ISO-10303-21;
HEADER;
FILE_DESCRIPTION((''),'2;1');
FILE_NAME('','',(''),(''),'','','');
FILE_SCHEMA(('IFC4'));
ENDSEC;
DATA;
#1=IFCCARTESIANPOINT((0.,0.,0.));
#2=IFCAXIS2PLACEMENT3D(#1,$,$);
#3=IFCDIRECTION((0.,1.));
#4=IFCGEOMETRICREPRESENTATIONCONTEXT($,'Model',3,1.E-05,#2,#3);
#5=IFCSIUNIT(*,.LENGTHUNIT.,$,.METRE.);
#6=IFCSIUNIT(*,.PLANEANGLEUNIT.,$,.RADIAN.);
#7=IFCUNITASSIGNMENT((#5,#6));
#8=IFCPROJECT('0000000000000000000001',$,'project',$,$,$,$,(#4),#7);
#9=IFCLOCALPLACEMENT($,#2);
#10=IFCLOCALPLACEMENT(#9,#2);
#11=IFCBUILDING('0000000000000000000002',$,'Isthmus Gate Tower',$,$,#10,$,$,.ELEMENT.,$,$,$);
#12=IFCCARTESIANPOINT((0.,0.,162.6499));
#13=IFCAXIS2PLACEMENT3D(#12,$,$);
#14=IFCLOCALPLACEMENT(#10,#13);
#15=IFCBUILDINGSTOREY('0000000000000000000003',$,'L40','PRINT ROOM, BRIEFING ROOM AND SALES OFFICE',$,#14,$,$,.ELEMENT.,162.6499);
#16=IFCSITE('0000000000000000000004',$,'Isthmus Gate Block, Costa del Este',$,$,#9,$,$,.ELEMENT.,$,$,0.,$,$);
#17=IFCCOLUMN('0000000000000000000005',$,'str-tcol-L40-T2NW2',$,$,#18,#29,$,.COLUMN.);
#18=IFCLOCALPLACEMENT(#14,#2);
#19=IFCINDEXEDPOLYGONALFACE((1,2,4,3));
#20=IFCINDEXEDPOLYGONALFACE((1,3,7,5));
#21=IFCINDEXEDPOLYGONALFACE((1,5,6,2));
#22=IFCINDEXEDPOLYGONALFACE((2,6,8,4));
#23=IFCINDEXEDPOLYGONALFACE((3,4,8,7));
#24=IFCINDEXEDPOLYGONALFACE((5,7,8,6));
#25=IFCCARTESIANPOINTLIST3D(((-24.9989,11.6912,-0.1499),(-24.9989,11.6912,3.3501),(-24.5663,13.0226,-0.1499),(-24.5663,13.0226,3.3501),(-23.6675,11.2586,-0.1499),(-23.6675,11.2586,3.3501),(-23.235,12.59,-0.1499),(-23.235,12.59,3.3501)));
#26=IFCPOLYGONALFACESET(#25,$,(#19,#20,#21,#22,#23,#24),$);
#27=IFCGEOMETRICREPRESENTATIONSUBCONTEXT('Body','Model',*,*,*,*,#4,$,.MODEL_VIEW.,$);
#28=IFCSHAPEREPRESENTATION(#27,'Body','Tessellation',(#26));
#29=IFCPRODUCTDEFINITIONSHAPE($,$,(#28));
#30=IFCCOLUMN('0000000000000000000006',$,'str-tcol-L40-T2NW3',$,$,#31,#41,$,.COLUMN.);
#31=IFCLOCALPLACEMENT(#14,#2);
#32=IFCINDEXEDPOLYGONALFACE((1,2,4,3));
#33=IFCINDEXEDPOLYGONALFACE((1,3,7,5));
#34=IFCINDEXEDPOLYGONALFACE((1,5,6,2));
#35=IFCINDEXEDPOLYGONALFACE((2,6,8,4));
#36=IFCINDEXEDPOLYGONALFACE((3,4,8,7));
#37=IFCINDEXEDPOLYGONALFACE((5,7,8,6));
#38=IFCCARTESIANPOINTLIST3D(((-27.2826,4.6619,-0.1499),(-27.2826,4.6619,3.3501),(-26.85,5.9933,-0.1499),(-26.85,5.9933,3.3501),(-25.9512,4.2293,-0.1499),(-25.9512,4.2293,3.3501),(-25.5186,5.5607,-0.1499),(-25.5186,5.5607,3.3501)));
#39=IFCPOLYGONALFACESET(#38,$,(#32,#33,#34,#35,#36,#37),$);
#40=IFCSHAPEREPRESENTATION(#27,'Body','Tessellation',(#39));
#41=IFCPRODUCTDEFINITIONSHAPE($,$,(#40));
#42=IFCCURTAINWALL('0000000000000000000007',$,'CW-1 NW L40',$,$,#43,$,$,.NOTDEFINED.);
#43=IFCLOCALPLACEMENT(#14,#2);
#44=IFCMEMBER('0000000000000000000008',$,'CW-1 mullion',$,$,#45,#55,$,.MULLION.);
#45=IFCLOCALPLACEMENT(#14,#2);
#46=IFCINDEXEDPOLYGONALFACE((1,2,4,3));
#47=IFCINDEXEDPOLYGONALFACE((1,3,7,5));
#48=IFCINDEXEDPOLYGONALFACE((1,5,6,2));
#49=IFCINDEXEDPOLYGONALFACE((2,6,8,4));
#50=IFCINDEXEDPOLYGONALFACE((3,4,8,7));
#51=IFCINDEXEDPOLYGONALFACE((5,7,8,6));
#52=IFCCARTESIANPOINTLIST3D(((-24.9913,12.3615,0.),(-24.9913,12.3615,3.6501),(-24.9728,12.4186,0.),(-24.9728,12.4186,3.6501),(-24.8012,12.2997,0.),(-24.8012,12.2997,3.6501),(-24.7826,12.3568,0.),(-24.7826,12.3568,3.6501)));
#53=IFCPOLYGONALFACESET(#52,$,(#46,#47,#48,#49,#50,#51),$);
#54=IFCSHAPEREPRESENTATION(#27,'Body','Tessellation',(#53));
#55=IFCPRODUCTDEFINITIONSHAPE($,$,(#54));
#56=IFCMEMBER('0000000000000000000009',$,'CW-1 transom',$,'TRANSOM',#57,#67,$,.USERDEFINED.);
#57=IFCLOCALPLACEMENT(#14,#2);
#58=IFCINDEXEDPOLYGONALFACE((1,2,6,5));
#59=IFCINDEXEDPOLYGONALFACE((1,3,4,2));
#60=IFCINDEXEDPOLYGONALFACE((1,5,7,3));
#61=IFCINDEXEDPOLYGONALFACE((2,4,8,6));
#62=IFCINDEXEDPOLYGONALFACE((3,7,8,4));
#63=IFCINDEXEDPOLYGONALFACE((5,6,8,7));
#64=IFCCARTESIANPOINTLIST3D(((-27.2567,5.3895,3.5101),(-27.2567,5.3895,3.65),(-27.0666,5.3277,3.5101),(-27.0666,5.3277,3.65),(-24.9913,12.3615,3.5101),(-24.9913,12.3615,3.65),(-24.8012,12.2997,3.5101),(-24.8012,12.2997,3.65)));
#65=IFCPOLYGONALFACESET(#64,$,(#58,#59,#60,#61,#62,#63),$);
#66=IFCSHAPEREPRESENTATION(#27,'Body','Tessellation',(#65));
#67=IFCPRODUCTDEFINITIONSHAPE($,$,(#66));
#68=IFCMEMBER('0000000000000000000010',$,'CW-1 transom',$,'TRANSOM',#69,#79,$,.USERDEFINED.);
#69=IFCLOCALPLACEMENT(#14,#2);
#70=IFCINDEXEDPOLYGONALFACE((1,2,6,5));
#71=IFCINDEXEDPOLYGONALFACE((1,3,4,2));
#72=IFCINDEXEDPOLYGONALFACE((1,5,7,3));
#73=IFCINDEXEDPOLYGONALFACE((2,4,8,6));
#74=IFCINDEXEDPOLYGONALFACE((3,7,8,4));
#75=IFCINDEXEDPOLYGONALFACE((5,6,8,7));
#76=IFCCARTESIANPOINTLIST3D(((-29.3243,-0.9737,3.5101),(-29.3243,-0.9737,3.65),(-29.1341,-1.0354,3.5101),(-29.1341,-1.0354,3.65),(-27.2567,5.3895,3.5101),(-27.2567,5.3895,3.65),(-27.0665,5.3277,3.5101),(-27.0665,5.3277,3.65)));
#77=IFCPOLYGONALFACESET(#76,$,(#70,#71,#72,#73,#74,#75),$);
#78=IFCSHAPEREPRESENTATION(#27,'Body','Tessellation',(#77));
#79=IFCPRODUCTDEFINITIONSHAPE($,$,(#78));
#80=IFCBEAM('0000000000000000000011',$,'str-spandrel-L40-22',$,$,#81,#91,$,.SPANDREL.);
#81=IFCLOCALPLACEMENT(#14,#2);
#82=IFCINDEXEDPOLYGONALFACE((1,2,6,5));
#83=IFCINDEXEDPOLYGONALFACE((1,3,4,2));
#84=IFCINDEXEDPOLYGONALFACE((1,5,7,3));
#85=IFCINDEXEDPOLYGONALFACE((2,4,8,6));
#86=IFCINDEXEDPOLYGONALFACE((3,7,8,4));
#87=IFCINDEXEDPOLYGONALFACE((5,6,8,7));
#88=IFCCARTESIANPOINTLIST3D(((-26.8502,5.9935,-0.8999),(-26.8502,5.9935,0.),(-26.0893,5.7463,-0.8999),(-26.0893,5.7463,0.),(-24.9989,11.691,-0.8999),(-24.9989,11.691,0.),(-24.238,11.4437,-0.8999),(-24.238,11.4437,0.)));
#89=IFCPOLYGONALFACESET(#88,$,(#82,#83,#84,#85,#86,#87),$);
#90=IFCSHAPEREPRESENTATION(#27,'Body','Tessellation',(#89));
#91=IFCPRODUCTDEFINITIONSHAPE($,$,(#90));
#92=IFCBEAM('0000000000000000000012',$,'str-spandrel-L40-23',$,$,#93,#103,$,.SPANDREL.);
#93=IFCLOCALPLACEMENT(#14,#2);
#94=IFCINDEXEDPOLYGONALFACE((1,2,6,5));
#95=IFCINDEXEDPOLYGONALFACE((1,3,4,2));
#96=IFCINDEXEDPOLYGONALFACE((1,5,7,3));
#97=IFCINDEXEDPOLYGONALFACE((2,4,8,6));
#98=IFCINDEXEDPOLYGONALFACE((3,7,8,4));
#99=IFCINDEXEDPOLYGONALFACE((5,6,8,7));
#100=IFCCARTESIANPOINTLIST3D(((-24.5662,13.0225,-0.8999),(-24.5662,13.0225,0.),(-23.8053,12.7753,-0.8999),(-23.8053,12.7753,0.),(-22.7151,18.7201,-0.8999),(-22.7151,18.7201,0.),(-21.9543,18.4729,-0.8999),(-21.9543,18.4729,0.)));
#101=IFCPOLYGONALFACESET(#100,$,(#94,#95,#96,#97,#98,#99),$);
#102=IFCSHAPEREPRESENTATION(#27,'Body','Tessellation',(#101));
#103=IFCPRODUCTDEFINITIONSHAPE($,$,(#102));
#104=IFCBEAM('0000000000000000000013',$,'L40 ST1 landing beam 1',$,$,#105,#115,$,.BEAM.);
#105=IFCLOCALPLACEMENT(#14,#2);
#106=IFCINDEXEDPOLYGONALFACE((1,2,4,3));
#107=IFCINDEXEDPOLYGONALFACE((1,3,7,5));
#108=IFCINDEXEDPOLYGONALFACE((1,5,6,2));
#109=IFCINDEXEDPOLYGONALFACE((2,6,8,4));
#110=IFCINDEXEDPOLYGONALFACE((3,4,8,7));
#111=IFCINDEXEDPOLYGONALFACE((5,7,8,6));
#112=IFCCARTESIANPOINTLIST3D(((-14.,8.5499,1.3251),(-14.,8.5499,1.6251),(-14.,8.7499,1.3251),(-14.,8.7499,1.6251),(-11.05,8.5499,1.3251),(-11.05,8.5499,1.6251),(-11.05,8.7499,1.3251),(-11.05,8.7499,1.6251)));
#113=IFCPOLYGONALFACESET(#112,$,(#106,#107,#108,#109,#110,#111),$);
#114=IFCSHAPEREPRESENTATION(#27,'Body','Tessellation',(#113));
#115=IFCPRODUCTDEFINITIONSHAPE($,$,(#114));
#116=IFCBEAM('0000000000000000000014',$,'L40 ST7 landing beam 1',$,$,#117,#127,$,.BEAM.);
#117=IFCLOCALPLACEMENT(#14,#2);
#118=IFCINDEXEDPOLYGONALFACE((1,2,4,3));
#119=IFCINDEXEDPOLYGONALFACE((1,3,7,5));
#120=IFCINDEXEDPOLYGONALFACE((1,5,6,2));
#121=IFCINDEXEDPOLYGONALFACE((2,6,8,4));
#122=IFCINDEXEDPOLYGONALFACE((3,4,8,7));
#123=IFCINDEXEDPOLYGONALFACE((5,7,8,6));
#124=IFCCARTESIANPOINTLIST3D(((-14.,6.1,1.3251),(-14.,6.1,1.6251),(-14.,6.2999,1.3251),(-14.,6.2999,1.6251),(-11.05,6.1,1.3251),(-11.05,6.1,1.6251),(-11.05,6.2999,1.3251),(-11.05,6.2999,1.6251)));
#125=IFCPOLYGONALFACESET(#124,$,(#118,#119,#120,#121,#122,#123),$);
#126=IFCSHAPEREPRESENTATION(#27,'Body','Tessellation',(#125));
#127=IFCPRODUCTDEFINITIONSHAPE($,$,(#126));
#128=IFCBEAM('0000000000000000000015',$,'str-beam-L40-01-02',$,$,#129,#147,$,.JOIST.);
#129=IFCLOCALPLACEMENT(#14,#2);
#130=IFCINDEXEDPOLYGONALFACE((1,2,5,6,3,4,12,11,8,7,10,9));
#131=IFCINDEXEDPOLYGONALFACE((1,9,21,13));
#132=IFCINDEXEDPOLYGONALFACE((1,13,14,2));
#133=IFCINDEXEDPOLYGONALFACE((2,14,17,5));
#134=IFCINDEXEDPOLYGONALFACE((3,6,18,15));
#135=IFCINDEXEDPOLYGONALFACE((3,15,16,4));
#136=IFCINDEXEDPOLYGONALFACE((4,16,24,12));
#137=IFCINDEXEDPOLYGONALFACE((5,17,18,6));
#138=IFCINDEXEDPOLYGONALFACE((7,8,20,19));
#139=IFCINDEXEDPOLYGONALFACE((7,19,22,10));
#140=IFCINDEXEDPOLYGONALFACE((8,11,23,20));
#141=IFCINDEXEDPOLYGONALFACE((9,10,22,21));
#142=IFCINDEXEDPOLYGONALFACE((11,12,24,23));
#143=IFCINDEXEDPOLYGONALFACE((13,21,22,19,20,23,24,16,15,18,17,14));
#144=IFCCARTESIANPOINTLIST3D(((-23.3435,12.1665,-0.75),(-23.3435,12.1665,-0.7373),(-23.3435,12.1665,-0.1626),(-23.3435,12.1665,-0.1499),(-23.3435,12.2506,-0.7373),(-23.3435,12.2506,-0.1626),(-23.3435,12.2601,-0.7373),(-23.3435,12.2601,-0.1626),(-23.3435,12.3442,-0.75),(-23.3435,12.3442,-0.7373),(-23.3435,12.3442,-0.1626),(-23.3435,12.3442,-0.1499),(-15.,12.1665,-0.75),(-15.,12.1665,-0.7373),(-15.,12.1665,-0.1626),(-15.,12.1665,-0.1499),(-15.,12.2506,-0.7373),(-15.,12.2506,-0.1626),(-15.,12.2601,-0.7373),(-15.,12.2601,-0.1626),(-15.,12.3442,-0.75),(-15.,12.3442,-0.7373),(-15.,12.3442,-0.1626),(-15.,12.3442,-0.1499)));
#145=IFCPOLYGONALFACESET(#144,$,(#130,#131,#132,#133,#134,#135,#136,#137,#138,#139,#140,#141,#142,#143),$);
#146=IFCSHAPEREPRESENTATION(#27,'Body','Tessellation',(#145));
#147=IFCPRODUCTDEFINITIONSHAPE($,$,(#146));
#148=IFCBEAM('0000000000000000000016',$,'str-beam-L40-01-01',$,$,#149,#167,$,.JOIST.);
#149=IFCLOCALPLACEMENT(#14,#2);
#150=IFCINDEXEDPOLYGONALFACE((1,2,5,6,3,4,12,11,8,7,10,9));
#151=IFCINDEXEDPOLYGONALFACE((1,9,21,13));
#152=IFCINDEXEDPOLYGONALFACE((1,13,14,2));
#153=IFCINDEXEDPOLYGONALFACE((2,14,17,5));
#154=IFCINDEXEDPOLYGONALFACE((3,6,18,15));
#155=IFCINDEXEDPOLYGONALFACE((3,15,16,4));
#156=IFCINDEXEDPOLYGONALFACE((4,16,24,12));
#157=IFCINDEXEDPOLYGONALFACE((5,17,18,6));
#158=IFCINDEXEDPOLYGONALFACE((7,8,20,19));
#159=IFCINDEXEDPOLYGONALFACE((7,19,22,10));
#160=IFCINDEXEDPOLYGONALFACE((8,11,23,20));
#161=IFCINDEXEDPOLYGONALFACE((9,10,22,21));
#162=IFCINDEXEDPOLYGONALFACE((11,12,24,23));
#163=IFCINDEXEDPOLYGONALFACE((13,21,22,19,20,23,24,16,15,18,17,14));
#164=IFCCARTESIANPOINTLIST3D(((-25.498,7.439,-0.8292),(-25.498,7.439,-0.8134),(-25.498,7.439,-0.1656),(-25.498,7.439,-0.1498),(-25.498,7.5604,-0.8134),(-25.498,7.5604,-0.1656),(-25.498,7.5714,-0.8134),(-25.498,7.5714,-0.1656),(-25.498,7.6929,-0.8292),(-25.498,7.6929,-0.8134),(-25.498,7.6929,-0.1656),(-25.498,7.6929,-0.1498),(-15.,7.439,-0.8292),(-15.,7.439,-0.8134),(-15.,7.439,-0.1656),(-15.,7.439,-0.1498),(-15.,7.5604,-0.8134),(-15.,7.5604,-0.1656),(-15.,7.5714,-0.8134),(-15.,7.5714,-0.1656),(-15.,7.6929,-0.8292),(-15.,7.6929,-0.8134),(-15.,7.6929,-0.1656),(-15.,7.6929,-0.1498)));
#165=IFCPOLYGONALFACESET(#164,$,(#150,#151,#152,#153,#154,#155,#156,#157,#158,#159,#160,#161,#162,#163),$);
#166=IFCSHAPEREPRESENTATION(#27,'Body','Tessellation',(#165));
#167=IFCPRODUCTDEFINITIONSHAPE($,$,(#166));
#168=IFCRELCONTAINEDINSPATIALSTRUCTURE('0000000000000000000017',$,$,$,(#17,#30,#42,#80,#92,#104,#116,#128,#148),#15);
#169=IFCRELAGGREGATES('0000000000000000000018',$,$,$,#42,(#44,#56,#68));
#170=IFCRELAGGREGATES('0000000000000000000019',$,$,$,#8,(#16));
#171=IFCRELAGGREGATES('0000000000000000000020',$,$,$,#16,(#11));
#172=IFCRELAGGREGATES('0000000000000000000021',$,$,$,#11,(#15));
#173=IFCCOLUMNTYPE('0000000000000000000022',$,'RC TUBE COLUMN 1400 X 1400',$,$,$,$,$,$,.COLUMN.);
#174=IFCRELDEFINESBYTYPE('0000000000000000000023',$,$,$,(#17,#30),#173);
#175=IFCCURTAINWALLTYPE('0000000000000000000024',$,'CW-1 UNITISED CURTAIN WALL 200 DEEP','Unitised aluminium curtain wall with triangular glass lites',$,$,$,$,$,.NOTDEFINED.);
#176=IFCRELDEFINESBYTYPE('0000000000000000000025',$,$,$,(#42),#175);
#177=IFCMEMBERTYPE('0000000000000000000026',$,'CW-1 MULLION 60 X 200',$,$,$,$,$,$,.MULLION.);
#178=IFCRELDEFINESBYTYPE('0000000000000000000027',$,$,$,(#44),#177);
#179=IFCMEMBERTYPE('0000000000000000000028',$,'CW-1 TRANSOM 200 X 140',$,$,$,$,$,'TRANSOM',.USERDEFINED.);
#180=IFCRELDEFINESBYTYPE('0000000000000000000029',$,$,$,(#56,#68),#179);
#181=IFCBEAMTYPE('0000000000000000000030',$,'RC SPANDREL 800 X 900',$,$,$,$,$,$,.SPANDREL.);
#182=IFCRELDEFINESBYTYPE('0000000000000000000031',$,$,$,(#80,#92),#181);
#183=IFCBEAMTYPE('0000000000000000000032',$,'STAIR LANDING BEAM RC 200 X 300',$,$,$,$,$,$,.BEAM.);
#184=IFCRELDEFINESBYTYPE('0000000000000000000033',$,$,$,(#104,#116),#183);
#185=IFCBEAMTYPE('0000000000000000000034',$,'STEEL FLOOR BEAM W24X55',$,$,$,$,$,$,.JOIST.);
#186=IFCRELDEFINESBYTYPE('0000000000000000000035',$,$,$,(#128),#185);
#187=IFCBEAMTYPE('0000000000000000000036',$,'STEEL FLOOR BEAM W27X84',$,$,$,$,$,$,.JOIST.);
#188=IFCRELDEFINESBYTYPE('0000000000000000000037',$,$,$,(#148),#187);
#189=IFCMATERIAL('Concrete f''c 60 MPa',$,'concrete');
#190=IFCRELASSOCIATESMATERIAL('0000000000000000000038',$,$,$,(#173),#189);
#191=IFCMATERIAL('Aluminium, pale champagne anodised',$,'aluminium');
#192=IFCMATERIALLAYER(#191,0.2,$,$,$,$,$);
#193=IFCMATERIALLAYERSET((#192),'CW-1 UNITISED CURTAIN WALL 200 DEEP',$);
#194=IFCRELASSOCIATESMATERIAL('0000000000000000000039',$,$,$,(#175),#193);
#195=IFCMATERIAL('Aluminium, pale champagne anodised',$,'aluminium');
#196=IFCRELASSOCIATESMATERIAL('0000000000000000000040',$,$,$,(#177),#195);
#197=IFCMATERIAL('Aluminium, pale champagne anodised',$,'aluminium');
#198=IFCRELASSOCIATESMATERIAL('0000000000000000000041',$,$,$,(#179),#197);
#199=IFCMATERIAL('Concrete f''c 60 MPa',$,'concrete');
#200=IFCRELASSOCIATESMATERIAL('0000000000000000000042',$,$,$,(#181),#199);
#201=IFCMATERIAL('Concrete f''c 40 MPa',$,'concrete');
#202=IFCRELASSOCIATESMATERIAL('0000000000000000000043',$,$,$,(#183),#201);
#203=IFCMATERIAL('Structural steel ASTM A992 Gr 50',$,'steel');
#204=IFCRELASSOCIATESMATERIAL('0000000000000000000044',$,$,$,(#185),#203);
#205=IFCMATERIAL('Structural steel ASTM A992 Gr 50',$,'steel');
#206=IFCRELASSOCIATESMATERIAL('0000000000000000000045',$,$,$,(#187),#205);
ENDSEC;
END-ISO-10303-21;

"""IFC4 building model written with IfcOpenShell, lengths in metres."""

from ifc_helpers import new_model, si_unit, direction, frame, origin, origin_2d, place, context, subcontext, project, spatial, rectangle, i_section, extrude, material, layer, layer_set, material_profile, profile_set, type_object, element, aggregate, save


model = new_model("IFC4")

# Units and contexts
model_context = context("Model", 3, precision=1e-05, world=origin(), true_north=direction((0.0, 1.0)))
body_context = subcontext(model_context, "Body", "Model", "MODEL_VIEW")
ifc_project = project(units=[si_unit("LENGTHUNIT", "METRE"), si_unit("PLANEANGLEUNIT", "RADIAN")], contexts=[model_context])

# Site, building, storey
site_placement = place(None, origin())
site = spatial("IfcSite", under=ifc_project, at=site_placement, Name="Isthmus Gate Block, Costa del Este", CompositionType="ELEMENT", RefElevation=0.0)
building_placement = place(site_placement, origin())
building = spatial("IfcBuilding", under=site, at=building_placement, Name="Isthmus Gate Tower", CompositionType="ELEMENT")
storey_placement = place(building_placement, frame((0.0, 0.0, 162.6499)))
storey = spatial("IfcBuildingStorey", under=building, at=storey_placement, Name="L40", Description="PRINT ROOM, BRIEFING ROOM AND SALES OFFICE", CompositionType="ELEMENT", Elevation=162.6499)

# Columns
ifc_material_1 = material(Name="Concrete f'c 60 MPa", Category="concrete")
ifc_material_profile_1 = material_profile(ifc_material_1, rectangle(XDim=1.3999, YDim=1.3999, at=origin_2d()), Name="RC 1400X1400")
ifc_profile_set_1 = profile_set([ifc_material_profile_1], Name="Concrete f'c 60 MPa")
column_type = type_object("IfcColumnType", Name="RC TUBE COLUMN 1400 X 1400", PredefinedType="COLUMN", material=ifc_profile_set_1)
for number, where, z_axis, x_axis, name in (
    (1, (-24.1169, 12.1406, -0.1499), (0.0, 0.0, 1.0), (-0.309017, -0.951057, 0.0), "str-tcol-L40-T2NW2"),
    (2, (-26.4006, 5.1113, -0.1499), (0.0, 0.0, 1.0), (-0.309017, -0.951057, 0.0), "str-tcol-L40-T2NW3"),
):
    element("IfcColumn", number, at=place(storey_placement, frame(where, z_axis=z_axis, x_axis=x_axis)), inside=storey, type_object=column_type, Name=name, PredefinedType="COLUMN", context=body_context, shape_type="SweptSolid", body=[
        extrude(rectangle(XDim=1.3999, YDim=1.3999, at=origin_2d()), origin(), (0.0, 0.0, 1.0), 3.5),
    ])

# Curtain wall, members
ifc_material_2 = material(Name="Aluminium, pale champagne anodised", Category="aluminium")
ifc_layer_1 = layer(ifc_material_2, 0.2)
ifc_layer_set_1 = layer_set([ifc_layer_1], Name="CW-1 UNITISED CURTAIN WALL 200 DEEP")
curtain_wall_type = type_object("IfcCurtainWallType", Name="CW-1 UNITISED CURTAIN WALL 200 DEEP", Description="Unitised aluminium curtain wall with triangular glass lites", PredefinedType="NOTDEFINED", material=ifc_layer_set_1)
curtain_wall_placement = place(storey_placement, origin())
curtain_wall = element("IfcCurtainWall", 3, at=curtain_wall_placement, inside=storey, type_object=curtain_wall_type, Name="CW-1 NW L40", PredefinedType="NOTDEFINED")
ifc_material_3 = material(Name="Aluminium, pale champagne anodised", Category="aluminium")
ifc_material_profile_2 = material_profile(ifc_material_3, rectangle(XDim=0.0601, YDim=0.2, at=origin_2d()), Name="60x200")
ifc_profile_set_2 = profile_set([ifc_material_profile_2], Name="Aluminium, pale champagne anodised")
member_type_1 = type_object("IfcMemberType", Name="CW-1 MULLION 60 X 200", PredefinedType="MULLION", material=ifc_profile_set_2)
member_1_placement = place(storey_placement, frame((-24.887, 12.3591, 0.0), z_axis=(0.0, 0.0, 1.0), x_axis=(-0.309017, -0.951057, 0.0)))
member_1 = element("IfcMember", 4, at=member_1_placement, type_object=member_type_1, Name="CW-1 mullion", PredefinedType="MULLION", context=body_context, shape_type="SweptSolid", body=[
    extrude(rectangle(XDim=0.0601, YDim=0.2, at=origin_2d()), origin(), (0.0, 0.0, 1.0), 3.6501),
])
ifc_material_4 = material(Name="Aluminium, pale champagne anodised", Category="aluminium")
ifc_material_profile_3 = material_profile(ifc_material_4, rectangle(XDim=0.2, YDim=0.1399, at=origin_2d()), Name="200x140")
ifc_profile_set_3 = profile_set([ifc_material_profile_3], Name="Aluminium, pale champagne anodised")
member_type_2 = type_object("IfcMemberType", Name="CW-1 TRANSOM 200 X 140", ElementType="TRANSOM", PredefinedType="USERDEFINED", material=ifc_profile_set_3)
member_2_placement = place(storey_placement, frame((-24.8962, 12.3306, 3.5801), z_axis=(-0.309025, -0.951054, 0.0), x_axis=(0.951054, -0.309025, 0.0)))
member_2 = element("IfcMember", 5, at=member_2_placement, type_object=member_type_2, Name="CW-1 transom", ObjectType="TRANSOM", PredefinedType="USERDEFINED", context=body_context, shape_type="SweptSolid", body=[
    extrude(rectangle(XDim=0.2, YDim=0.1399, at=origin_2d()), origin(), (0.0, 0.0, 1.0), 7.3308),
])
member_3_placement = place(storey_placement, frame((-27.1616, 5.3586, 3.5801), z_axis=(-0.309027, -0.951053, 0.0), x_axis=(0.951053, -0.309027, 0.0)))
member_3 = element("IfcMember", 6, at=member_3_placement, type_object=member_type_2, Name="CW-1 transom", ObjectType="TRANSOM", PredefinedType="USERDEFINED", context=body_context, shape_type="SweptSolid", body=[
    extrude(rectangle(XDim=0.2, YDim=0.1399, at=origin_2d()), origin(), (0.0, 0.0, 1.0), 6.6907),
])

# Beams
ifc_material_5 = material(Name="Concrete f'c 60 MPa", Category="concrete")
ifc_material_profile_4 = material_profile(ifc_material_5, rectangle(XDim=0.8, YDim=0.8999, at=origin_2d()), Name="RC 800X900")
ifc_profile_set_4 = profile_set([ifc_material_profile_4], Name="Concrete f'c 60 MPa")
beam_type_1 = type_object("IfcBeamType", Name="RC SPANDREL 800 X 900", PredefinedType="SPANDREL", material=ifc_profile_set_4)
for number, where, z_axis, x_axis, name in (
    (7, (-26.4697, 5.8699, -0.45), (0.30903, 0.951052, 0.0), (-0.951052, 0.30903, 0.0), "str-spandrel-L40-22"),
    (8, (-24.1858, 12.8989, -0.45), (0.308993, 0.951064, 0.0), (-0.951064, 0.308993, 0.0), "str-spandrel-L40-23"),
):
    element("IfcBeam", number, at=place(storey_placement, frame(where, z_axis=z_axis, x_axis=x_axis)), inside=storey, type_object=beam_type_1, Name=name, PredefinedType="SPANDREL", context=body_context, shape_type="SweptSolid", body=[
        extrude(rectangle(XDim=0.8, YDim=0.8999, at=origin_2d()), origin(), (0.0, 0.0, 1.0), 5.9907),
    ])
ifc_material_6 = material(Name="Concrete f'c 40 MPa", Category="concrete")
ifc_material_profile_5 = material_profile(ifc_material_6, rectangle(XDim=0.2, YDim=0.3, at=origin_2d()), Name="STAIR LANDING BEAM RC 200 X 300")
ifc_profile_set_5 = profile_set([ifc_material_profile_5], Name="Concrete f'c 40 MPa")
beam_type_2 = type_object("IfcBeamType", Name="STAIR LANDING BEAM RC 200 X 300", PredefinedType="BEAM", material=ifc_profile_set_5)
for number, where, z_axis, x_axis, name in (
    (9, (-14.0, 8.6499, 1.4751), (1.0, 0.0, 0.0), (0.0, 1.0, 0.0), "L40 ST1 landing beam 1"),
    (10, (-14.0, 6.2, 1.4751), (1.0, 0.0, 0.0), (0.0, 1.0, 0.0), "L40 ST7 landing beam 1"),
):
    element("IfcBeam", number, at=place(storey_placement, frame(where, z_axis=z_axis, x_axis=x_axis)), inside=storey, type_object=beam_type_2, Name=name, PredefinedType="BEAM", context=body_context, shape_type="SweptSolid", body=[
        extrude(rectangle(XDim=0.2, YDim=0.3, at=origin_2d()), origin(), (0.0, 0.0, 1.0), 2.95),
    ])
ifc_material_7 = material(Name="Structural steel ASTM A992 Gr 50", Category="steel")
ifc_material_profile_6 = material_profile(ifc_material_7, i_section(OverallWidth=0.1777, OverallDepth=0.6001, WebThickness=0.0095, FlangeThickness=0.0127, at=origin_2d()), Name="W24X55")
ifc_profile_set_6 = profile_set([ifc_material_profile_6], Name="Structural steel ASTM A992 Gr 50")
beam_type_3 = type_object("IfcBeamType", Name="STEEL FLOOR BEAM W24X55", PredefinedType="JOIST", material=ifc_profile_set_6)
beam_1_placement = place(storey_placement, frame((-23.3435, 12.2554, -0.45), z_axis=(1.0, 0.0, 0.0), x_axis=(0.0, 1.0, 0.0)))
element("IfcBeam", 11, at=beam_1_placement, inside=storey, type_object=beam_type_3, Name="str-beam-L40-01-02", PredefinedType="JOIST", context=body_context, shape_type="SweptSolid", body=[
    extrude(i_section(OverallWidth=0.1777, OverallDepth=0.6001, WebThickness=0.0095, FlangeThickness=0.0127, at=origin_2d()), origin(), (0.0, 0.0, 1.0), 8.3435),
])
ifc_material_8 = material(Name="Structural steel ASTM A992 Gr 50", Category="steel")
ifc_material_profile_7 = material_profile(ifc_material_8, i_section(OverallWidth=0.2539, OverallDepth=0.6794, WebThickness=0.011, FlangeThickness=0.0159, at=origin_2d()), Name="W27X84")
ifc_profile_set_7 = profile_set([ifc_material_profile_7], Name="Structural steel ASTM A992 Gr 50")
beam_type_4 = type_object("IfcBeamType", Name="STEEL FLOOR BEAM W27X84", PredefinedType="JOIST", material=ifc_profile_set_7)
beam_2_placement = place(storey_placement, frame((-25.498, 7.5659, -0.4895), z_axis=(1.0, 0.0, 0.0), x_axis=(0.0, 1.0, 0.0)))
element("IfcBeam", 12, at=beam_2_placement, inside=storey, type_object=beam_type_4, Name="str-beam-L40-01-01", PredefinedType="JOIST", context=body_context, shape_type="SweptSolid", body=[
    extrude(i_section(OverallWidth=0.2539, OverallDepth=0.6794, WebThickness=0.011, FlangeThickness=0.0159, at=origin_2d()), origin(), (0.0, 0.0, 1.0), 10.498),
])

aggregate(curtain_wall, [member_1, member_2, member_3])

save(model, "model.ifc")
